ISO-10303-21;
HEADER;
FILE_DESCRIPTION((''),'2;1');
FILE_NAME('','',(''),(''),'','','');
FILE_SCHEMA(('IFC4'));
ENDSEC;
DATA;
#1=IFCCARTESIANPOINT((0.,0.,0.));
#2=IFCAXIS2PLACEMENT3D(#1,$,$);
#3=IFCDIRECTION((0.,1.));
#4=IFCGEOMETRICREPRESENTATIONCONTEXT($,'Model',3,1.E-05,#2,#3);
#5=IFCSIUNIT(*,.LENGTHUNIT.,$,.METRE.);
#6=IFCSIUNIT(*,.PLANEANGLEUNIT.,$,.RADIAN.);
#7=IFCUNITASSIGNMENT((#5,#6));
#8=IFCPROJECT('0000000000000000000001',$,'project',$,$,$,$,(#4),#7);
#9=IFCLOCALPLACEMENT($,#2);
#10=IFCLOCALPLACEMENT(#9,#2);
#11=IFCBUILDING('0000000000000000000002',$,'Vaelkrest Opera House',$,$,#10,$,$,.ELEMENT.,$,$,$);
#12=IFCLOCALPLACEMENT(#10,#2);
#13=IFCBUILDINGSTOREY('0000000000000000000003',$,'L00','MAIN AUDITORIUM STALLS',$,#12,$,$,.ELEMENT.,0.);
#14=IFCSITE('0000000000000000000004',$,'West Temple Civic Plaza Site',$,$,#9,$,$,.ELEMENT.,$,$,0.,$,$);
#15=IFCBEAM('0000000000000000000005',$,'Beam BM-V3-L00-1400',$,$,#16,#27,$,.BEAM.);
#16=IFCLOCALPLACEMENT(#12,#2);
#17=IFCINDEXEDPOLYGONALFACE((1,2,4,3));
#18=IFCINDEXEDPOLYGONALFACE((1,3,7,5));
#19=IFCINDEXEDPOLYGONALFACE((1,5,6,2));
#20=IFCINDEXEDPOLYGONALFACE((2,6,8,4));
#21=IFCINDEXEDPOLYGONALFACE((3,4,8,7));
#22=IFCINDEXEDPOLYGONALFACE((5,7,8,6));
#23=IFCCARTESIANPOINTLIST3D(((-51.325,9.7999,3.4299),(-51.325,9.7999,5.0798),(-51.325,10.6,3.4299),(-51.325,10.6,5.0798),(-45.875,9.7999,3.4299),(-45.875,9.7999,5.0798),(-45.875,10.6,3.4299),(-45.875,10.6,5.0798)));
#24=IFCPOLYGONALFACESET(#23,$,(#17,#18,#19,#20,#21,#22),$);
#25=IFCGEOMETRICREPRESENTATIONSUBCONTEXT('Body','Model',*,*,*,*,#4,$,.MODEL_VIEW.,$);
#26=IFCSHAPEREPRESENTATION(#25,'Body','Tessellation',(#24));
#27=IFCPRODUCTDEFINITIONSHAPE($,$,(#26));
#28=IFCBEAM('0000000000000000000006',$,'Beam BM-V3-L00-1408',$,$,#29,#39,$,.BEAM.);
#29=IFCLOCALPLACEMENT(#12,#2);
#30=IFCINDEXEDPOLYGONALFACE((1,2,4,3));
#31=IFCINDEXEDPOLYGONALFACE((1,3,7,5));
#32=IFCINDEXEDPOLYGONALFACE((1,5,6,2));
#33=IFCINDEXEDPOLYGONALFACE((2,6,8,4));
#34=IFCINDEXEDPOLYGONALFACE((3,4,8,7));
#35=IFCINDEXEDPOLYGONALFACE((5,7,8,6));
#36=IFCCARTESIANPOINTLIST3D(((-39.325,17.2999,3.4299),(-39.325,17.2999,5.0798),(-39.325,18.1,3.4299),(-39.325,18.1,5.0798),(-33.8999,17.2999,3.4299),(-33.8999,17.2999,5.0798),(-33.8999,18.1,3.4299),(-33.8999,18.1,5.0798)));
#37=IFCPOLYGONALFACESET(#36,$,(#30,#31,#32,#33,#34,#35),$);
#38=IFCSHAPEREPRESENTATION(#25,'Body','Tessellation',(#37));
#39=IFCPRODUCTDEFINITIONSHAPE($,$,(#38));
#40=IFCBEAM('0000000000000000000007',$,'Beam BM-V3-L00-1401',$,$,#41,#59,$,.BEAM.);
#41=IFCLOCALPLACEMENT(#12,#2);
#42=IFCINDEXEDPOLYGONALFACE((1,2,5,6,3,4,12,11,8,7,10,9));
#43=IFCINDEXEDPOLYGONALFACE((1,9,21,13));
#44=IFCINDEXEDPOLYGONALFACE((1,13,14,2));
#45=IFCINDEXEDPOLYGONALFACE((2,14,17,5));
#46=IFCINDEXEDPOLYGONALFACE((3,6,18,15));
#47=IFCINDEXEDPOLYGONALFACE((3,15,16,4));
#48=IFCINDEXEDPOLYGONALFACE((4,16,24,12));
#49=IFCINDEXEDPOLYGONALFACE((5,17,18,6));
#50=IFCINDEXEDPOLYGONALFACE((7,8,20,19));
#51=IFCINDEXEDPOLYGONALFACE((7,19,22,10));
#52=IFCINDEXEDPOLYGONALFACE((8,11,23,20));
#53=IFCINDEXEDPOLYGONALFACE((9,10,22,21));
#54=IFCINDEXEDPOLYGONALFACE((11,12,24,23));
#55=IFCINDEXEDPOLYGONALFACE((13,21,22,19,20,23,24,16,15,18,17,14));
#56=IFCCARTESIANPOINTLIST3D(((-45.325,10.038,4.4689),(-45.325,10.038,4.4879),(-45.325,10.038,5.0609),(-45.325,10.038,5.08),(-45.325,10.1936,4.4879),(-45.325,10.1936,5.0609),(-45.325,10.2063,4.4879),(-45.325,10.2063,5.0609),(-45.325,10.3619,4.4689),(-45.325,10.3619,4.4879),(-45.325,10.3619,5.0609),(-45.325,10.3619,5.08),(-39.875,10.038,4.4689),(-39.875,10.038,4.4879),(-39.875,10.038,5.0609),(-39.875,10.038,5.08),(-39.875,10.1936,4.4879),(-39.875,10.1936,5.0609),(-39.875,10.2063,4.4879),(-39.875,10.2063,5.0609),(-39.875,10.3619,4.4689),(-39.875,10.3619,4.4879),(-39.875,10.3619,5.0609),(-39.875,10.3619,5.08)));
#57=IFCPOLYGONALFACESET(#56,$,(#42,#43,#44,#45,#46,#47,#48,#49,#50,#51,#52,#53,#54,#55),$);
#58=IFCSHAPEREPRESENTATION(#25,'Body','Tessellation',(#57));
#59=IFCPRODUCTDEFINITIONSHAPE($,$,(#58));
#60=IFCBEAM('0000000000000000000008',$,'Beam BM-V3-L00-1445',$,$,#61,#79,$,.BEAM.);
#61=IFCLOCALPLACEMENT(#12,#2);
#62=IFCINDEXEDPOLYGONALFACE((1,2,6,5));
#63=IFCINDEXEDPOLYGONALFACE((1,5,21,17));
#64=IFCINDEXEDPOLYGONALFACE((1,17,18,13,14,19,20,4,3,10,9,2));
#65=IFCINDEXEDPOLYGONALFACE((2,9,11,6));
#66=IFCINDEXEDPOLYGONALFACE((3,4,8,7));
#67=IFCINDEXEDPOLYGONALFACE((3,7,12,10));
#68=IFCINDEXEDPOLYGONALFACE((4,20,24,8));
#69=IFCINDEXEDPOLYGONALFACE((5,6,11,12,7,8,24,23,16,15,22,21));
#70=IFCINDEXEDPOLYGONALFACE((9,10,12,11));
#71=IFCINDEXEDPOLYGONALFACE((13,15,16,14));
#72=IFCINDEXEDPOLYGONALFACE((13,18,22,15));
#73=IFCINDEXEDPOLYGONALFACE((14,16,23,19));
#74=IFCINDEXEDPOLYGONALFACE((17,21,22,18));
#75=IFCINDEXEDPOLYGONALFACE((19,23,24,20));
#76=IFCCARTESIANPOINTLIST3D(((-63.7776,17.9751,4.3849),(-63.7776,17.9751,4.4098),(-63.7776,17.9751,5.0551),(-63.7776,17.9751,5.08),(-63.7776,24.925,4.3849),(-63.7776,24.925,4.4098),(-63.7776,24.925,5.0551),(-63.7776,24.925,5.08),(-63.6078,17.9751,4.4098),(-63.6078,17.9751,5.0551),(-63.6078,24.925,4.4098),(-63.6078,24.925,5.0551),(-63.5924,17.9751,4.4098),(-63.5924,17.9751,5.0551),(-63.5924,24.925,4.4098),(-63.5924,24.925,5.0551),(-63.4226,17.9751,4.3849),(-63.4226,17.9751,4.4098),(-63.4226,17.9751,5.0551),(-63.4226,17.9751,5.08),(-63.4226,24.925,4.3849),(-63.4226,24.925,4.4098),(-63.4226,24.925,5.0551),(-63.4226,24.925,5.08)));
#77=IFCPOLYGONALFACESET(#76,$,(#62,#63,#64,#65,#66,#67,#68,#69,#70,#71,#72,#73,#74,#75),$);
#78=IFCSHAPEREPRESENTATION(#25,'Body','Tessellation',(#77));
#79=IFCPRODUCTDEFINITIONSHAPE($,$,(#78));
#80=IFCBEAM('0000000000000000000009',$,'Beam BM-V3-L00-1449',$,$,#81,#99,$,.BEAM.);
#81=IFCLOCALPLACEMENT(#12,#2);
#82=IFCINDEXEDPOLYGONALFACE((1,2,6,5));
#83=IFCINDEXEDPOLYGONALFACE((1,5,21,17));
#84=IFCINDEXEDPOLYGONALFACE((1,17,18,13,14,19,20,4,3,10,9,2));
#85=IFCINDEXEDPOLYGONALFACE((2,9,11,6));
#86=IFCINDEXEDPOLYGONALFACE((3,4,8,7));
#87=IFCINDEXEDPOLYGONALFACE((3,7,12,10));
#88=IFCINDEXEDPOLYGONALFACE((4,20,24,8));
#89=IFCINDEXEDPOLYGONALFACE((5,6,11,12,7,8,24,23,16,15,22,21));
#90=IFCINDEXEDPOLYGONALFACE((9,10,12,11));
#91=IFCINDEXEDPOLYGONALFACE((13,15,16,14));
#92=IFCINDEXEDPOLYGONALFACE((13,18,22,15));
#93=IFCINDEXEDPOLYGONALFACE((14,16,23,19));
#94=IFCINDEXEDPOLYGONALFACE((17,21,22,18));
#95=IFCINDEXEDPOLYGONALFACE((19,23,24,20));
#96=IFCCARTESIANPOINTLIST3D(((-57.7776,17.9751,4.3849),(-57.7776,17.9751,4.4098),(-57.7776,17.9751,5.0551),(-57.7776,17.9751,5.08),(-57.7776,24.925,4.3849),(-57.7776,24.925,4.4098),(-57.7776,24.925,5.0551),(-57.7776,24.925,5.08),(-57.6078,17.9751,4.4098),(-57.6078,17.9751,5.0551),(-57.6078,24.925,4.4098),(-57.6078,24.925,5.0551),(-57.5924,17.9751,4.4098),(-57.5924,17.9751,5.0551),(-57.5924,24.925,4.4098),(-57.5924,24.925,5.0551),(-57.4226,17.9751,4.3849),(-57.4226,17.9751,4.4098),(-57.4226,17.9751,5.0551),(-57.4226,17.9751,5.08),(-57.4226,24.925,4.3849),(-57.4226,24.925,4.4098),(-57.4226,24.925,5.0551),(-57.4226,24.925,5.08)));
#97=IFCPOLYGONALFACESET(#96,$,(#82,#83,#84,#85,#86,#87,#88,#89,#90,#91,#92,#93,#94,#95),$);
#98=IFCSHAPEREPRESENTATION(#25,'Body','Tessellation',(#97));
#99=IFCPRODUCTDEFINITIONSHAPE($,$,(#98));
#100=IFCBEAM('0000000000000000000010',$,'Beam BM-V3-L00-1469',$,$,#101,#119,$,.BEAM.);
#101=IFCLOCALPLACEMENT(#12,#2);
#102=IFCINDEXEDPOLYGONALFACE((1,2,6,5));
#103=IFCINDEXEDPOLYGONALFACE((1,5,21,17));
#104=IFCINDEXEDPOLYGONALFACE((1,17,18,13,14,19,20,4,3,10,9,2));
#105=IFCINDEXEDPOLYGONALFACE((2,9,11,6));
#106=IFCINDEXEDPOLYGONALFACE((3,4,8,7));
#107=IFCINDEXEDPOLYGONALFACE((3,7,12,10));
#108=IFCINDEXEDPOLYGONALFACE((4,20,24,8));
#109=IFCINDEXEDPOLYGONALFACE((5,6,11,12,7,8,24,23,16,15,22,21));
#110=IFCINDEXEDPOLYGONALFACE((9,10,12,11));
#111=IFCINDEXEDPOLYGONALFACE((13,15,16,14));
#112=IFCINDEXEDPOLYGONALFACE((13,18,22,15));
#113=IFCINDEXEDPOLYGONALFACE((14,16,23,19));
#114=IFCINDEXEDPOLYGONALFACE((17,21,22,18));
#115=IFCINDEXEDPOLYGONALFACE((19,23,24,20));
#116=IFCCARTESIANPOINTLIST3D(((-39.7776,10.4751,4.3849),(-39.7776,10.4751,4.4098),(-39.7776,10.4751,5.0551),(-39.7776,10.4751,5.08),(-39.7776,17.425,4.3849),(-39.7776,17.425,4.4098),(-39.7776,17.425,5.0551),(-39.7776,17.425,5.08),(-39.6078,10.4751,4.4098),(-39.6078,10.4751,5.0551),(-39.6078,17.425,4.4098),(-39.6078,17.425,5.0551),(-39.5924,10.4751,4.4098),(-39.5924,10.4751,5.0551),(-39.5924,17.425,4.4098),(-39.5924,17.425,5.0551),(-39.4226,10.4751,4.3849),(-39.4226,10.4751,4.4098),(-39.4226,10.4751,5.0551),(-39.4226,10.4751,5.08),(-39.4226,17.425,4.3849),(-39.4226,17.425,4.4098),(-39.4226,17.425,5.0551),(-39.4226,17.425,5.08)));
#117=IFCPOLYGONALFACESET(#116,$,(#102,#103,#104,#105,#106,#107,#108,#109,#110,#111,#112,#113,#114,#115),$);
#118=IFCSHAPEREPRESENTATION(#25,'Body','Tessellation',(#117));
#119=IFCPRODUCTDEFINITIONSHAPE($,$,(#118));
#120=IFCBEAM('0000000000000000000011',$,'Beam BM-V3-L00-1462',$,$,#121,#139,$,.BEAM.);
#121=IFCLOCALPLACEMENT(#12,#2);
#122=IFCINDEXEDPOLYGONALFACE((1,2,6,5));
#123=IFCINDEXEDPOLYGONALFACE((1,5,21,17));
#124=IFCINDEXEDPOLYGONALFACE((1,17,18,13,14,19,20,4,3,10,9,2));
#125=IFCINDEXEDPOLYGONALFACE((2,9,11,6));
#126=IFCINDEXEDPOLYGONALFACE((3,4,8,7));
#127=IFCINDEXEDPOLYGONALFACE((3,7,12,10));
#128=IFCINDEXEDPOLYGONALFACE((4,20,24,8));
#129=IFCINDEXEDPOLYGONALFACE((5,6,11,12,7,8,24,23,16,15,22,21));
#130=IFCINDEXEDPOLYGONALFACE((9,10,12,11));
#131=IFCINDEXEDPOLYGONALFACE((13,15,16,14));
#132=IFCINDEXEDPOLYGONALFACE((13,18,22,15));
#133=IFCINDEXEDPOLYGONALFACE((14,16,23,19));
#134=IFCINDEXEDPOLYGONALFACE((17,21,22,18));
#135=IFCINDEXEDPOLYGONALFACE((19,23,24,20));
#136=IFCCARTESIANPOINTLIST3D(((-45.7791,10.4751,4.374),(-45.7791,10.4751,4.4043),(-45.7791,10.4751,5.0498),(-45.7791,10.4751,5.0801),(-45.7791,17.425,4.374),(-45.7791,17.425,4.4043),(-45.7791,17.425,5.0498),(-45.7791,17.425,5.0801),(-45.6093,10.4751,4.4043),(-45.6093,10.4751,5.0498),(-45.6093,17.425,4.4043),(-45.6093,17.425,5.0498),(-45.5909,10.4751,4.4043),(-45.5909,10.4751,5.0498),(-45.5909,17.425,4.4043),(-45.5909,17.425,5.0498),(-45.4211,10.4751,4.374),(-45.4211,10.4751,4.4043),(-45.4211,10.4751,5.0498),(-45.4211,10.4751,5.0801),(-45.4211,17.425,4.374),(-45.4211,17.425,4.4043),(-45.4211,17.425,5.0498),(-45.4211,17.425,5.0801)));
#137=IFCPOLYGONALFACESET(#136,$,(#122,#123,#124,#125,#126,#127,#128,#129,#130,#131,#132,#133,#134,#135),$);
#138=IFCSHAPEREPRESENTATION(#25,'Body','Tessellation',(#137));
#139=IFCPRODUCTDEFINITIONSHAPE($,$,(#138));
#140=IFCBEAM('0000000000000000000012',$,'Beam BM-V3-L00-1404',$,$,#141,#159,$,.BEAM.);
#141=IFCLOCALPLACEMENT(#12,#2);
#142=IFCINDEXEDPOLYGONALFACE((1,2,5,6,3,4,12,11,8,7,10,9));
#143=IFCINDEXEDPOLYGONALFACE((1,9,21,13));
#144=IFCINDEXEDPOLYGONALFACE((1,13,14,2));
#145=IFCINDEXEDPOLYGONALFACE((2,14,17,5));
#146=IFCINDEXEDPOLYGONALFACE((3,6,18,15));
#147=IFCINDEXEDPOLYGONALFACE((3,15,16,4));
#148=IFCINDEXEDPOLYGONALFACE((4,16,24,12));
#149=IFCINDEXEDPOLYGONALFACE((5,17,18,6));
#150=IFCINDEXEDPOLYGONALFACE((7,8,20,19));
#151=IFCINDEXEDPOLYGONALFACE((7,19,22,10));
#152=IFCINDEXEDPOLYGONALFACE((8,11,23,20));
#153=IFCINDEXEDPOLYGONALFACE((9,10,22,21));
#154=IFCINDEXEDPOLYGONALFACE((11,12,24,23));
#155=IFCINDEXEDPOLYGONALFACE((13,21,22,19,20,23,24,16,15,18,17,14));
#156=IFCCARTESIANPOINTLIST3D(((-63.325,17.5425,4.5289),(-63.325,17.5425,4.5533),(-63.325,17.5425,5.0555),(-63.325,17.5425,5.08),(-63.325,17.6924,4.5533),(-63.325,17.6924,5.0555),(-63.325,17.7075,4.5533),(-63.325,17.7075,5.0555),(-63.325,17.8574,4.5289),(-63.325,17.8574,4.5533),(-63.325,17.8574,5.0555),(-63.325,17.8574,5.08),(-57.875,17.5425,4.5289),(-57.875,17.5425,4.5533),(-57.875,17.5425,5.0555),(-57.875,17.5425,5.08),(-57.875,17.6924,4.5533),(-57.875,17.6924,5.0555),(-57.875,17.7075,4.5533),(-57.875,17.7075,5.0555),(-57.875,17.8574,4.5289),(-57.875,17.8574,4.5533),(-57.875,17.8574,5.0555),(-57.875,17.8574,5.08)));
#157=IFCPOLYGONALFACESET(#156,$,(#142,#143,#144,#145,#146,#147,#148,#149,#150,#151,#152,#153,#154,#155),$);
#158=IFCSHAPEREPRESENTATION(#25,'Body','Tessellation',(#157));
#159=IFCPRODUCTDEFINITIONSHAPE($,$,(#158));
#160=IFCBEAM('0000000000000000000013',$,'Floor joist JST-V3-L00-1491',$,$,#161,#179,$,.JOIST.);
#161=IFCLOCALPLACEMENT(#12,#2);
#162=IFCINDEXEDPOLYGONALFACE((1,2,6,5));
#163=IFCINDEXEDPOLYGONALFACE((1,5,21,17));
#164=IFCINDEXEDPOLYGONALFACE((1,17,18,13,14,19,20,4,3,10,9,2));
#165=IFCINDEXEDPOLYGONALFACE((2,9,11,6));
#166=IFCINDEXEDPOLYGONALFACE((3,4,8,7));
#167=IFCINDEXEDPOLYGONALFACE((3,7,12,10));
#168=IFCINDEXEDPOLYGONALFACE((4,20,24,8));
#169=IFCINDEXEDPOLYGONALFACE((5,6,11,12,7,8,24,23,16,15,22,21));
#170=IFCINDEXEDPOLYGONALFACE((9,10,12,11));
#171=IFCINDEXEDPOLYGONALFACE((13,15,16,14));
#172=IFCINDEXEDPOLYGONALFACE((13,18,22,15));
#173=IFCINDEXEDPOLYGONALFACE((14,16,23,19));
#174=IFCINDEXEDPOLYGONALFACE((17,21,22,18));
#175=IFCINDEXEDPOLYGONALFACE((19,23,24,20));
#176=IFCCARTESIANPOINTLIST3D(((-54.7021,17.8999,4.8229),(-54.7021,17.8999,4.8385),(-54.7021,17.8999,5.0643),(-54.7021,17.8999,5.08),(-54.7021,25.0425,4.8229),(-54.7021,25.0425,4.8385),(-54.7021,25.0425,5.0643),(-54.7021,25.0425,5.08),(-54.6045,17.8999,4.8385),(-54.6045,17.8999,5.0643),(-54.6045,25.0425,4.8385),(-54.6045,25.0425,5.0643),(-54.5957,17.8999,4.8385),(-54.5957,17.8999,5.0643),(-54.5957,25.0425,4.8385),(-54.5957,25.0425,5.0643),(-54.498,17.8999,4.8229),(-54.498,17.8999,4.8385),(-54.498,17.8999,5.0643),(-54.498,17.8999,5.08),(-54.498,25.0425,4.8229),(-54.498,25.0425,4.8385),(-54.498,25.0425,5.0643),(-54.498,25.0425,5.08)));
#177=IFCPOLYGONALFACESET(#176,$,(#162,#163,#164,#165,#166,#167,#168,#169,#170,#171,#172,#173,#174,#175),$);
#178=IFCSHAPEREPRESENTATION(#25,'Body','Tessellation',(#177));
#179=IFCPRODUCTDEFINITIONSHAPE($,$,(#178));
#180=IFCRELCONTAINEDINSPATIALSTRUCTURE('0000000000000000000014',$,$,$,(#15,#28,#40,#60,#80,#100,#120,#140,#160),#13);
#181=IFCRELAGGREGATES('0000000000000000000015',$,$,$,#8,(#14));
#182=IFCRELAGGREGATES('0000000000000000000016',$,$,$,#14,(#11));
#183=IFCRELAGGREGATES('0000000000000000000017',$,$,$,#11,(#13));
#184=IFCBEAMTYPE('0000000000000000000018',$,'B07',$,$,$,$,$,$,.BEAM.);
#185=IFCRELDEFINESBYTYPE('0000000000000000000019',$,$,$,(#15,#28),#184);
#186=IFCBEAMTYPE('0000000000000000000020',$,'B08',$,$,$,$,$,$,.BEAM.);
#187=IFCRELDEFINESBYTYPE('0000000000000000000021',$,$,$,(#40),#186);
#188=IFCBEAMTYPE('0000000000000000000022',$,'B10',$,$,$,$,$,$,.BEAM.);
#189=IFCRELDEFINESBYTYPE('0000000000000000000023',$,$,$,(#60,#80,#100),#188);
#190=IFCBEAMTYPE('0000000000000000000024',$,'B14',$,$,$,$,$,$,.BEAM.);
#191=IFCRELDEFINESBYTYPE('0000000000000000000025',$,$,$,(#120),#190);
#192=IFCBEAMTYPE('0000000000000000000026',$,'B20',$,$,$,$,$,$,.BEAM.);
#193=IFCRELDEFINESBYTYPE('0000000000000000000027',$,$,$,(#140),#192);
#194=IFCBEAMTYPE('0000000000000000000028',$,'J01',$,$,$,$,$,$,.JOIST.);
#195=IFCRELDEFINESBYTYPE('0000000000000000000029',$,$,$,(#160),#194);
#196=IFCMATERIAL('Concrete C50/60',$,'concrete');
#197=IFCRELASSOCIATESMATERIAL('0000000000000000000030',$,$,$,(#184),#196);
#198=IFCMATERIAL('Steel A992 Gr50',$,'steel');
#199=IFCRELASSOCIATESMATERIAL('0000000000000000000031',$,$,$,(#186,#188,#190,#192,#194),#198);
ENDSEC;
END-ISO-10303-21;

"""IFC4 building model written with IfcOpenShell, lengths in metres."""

from ifc_helpers import new_model, si_unit, direction, frame, origin, origin_2d, place, context, subcontext, project, spatial, rectangle, i_section, extrude, material, material_profile, profile_set, type_object, element, save


model = new_model("IFC4")

# Units and contexts
model_context = context("Model", 3, precision=1e-05, world=origin(), true_north=direction((0.0, 1.0)))
body_context = subcontext(model_context, "Body", "Model", "MODEL_VIEW")
ifc_project = project(units=[si_unit("LENGTHUNIT", "METRE"), si_unit("PLANEANGLEUNIT", "RADIAN")], contexts=[model_context])

# Site, building, storey
site_placement = place(None, origin())
site = spatial("IfcSite", under=ifc_project, at=site_placement, Name="West Temple Civic Plaza Site", CompositionType="ELEMENT", RefElevation=0.0)
building_placement = place(site_placement, origin())
building = spatial("IfcBuilding", under=site, at=building_placement, Name="Vaelkrest Opera House", CompositionType="ELEMENT")
storey_placement = place(building_placement, origin())
storey = spatial("IfcBuildingStorey", under=building, at=storey_placement, Name="L00", Description="MAIN AUDITORIUM STALLS", CompositionType="ELEMENT", Elevation=0.0)

# Shared definitions
ifc_material_1 = material(Name="Concrete C50/60", Category="concrete")

# Beams
ifc_material_profile_1 = material_profile(ifc_material_1, rectangle(XDim=0.8, YDim=1.6499, at=origin_2d()), Name="RCB800X1650")
ifc_profile_set_1 = profile_set([ifc_material_profile_1], Name="Concrete C50/60")
beam_type_1 = type_object("IfcBeamType", Name="B07", PredefinedType="BEAM", material=ifc_profile_set_1)
beam_1_placement = place(storey_placement, frame((-51.325, 10.2, 4.2549), z_axis=(1.0, 0.0, 0.0), x_axis=(0.0, 1.0, 0.0)))
element("IfcBeam", 1, at=beam_1_placement, inside=storey, type_object=beam_type_1, Name="Beam BM-V3-L00-1400", PredefinedType="BEAM", context=body_context, shape_type="SweptSolid", body=[
    extrude(rectangle(XDim=0.8, YDim=1.6499, at=origin_2d()), origin(), (0.0, 0.0, 1.0), 5.45),
])
beam_2_placement = place(storey_placement, frame((-39.325, 17.7, 4.2549), z_axis=(1.0, 0.0, 0.0), x_axis=(0.0, 1.0, 0.0)))
element("IfcBeam", 2, at=beam_2_placement, inside=storey, type_object=beam_type_1, Name="Beam BM-V3-L00-1408", PredefinedType="BEAM", context=body_context, shape_type="SweptSolid", body=[
    extrude(rectangle(XDim=0.8, YDim=1.6499, at=origin_2d()), origin(), (0.0, 0.0, 1.0), 5.425),
])
ifc_material_2 = material(Name="Steel A992 Gr50", Category="steel")
ifc_material_profile_2 = material_profile(ifc_material_2, i_section(OverallWidth=0.324, OverallDepth=0.6111, WebThickness=0.0127, FlangeThickness=0.019, at=origin_2d()), Name="W24X104")
ifc_profile_set_2 = profile_set([ifc_material_profile_2], Name="Steel A992 Gr50")
beam_type_2 = type_object("IfcBeamType", Name="B08", PredefinedType="BEAM", material=ifc_profile_set_2)
beam_3_placement = place(storey_placement, frame((-45.325, 10.2, 4.7744), z_axis=(1.0, 0.0, 0.0), x_axis=(0.0, 1.0, 0.0)))
element("IfcBeam", 3, at=beam_3_placement, inside=storey, type_object=beam_type_2, Name="Beam BM-V3-L00-1401", PredefinedType="BEAM", context=body_context, shape_type="SweptSolid", body=[
    extrude(i_section(OverallWidth=0.324, OverallDepth=0.6111, WebThickness=0.0127, FlangeThickness=0.019, at=origin_2d()), origin(), (0.0, 0.0, 1.0), 5.45),
])
ifc_material_profile_3 = material_profile(ifc_material_2, i_section(OverallWidth=0.355, OverallDepth=0.6951, WebThickness=0.0154, FlangeThickness=0.0249, at=origin_2d()), Name="W27X146")
ifc_profile_set_3 = profile_set([ifc_material_profile_3], Name="Steel A992 Gr50")
beam_type_3 = type_object("IfcBeamType", Name="B10", PredefinedType="BEAM", material=ifc_profile_set_3)
for number, where, z_axis, x_axis, name in (
    (4, (-63.6001, 17.9751, 4.7324), (0.0, 1.0, 0.0), (-1.0, 0.0, 0.0), "Beam BM-V3-L00-1445"),
    (5, (-57.6001, 17.9751, 4.7324), (0.0, 1.0, 0.0), (-1.0, 0.0, 0.0), "Beam BM-V3-L00-1449"),
    (6, (-39.6001, 10.4751, 4.7324), (0.0, 1.0, 0.0), (-1.0, 0.0, 0.0), "Beam BM-V3-L00-1469"),
):
    element("IfcBeam", number, at=place(storey_placement, frame(where, z_axis=z_axis, x_axis=x_axis)), inside=storey, type_object=beam_type_3, Name=name, PredefinedType="BEAM", context=body_context, shape_type="SweptSolid", body=[
        extrude(i_section(OverallWidth=0.355, OverallDepth=0.6951, WebThickness=0.0154, FlangeThickness=0.0249, at=origin_2d()), origin(), (0.0, 0.0, 1.0), 6.95),
    ])
ifc_material_profile_4 = material_profile(ifc_material_2, i_section(OverallWidth=0.3579, OverallDepth=0.7061, WebThickness=0.0183, FlangeThickness=0.0303, at=origin_2d()), Name="W27X178")
ifc_profile_set_4 = profile_set([ifc_material_profile_4], Name="Steel A992 Gr50")
beam_type_4 = type_object("IfcBeamType", Name="B14", PredefinedType="BEAM", material=ifc_profile_set_4)
beam_4_placement = place(storey_placement, frame((-45.6001, 10.4751, 4.7271), z_axis=(0.0, 1.0, 0.0), x_axis=(-1.0, 0.0, 0.0)))
element("IfcBeam", 7, at=beam_4_placement, inside=storey, type_object=beam_type_4, Name="Beam BM-V3-L00-1462", PredefinedType="BEAM", context=body_context, shape_type="SweptSolid", body=[
    extrude(i_section(OverallWidth=0.3579, OverallDepth=0.7061, WebThickness=0.0183, FlangeThickness=0.0303, at=origin_2d()), origin(), (0.0, 0.0, 1.0), 6.95),
])
ifc_material_profile_5 = material_profile(ifc_material_2, i_section(OverallWidth=0.3149, OverallDepth=0.551, WebThickness=0.0151, FlangeThickness=0.0244, at=origin_2d()), Name="W21X122")
ifc_profile_set_5 = profile_set([ifc_material_profile_5], Name="Steel A992 Gr50")
beam_type_5 = type_object("IfcBeamType", Name="B20", PredefinedType="BEAM", material=ifc_profile_set_5)
beam_5_placement = place(storey_placement, frame((-63.325, 17.7, 4.8044), z_axis=(1.0, 0.0, 0.0), x_axis=(0.0, 1.0, 0.0)))
element("IfcBeam", 8, at=beam_5_placement, inside=storey, type_object=beam_type_5, Name="Beam BM-V3-L00-1404", PredefinedType="BEAM", context=body_context, shape_type="SweptSolid", body=[
    extrude(i_section(OverallWidth=0.3149, OverallDepth=0.551, WebThickness=0.0151, FlangeThickness=0.0244, at=origin_2d()), origin(), (0.0, 0.0, 1.0), 5.45),
])
ifc_material_profile_6 = material_profile(ifc_material_2, i_section(OverallWidth=0.2041, OverallDepth=0.2571, WebThickness=0.0088, FlangeThickness=0.0156, at=origin_2d()), Name="W10X45")
ifc_profile_set_6 = profile_set([ifc_material_profile_6], Name="Steel A992 Gr50")
beam_type_6 = type_object("IfcBeamType", Name="J01", PredefinedType="JOIST", material=ifc_profile_set_6)
beam_6_placement = place(storey_placement, frame((-54.6001, 17.8999, 4.9514), z_axis=(0.0, 1.0, 0.0), x_axis=(-1.0, 0.0, 0.0)))
element("IfcBeam", 9, at=beam_6_placement, inside=storey, type_object=beam_type_6, Name="Floor joist JST-V3-L00-1491", PredefinedType="JOIST", context=body_context, shape_type="SweptSolid", body=[
    extrude(i_section(OverallWidth=0.2041, OverallDepth=0.2571, WebThickness=0.0088, FlangeThickness=0.0156, at=origin_2d()), origin(), (0.0, 0.0, 1.0), 7.1426),
])

save(model, "model.ifc")
